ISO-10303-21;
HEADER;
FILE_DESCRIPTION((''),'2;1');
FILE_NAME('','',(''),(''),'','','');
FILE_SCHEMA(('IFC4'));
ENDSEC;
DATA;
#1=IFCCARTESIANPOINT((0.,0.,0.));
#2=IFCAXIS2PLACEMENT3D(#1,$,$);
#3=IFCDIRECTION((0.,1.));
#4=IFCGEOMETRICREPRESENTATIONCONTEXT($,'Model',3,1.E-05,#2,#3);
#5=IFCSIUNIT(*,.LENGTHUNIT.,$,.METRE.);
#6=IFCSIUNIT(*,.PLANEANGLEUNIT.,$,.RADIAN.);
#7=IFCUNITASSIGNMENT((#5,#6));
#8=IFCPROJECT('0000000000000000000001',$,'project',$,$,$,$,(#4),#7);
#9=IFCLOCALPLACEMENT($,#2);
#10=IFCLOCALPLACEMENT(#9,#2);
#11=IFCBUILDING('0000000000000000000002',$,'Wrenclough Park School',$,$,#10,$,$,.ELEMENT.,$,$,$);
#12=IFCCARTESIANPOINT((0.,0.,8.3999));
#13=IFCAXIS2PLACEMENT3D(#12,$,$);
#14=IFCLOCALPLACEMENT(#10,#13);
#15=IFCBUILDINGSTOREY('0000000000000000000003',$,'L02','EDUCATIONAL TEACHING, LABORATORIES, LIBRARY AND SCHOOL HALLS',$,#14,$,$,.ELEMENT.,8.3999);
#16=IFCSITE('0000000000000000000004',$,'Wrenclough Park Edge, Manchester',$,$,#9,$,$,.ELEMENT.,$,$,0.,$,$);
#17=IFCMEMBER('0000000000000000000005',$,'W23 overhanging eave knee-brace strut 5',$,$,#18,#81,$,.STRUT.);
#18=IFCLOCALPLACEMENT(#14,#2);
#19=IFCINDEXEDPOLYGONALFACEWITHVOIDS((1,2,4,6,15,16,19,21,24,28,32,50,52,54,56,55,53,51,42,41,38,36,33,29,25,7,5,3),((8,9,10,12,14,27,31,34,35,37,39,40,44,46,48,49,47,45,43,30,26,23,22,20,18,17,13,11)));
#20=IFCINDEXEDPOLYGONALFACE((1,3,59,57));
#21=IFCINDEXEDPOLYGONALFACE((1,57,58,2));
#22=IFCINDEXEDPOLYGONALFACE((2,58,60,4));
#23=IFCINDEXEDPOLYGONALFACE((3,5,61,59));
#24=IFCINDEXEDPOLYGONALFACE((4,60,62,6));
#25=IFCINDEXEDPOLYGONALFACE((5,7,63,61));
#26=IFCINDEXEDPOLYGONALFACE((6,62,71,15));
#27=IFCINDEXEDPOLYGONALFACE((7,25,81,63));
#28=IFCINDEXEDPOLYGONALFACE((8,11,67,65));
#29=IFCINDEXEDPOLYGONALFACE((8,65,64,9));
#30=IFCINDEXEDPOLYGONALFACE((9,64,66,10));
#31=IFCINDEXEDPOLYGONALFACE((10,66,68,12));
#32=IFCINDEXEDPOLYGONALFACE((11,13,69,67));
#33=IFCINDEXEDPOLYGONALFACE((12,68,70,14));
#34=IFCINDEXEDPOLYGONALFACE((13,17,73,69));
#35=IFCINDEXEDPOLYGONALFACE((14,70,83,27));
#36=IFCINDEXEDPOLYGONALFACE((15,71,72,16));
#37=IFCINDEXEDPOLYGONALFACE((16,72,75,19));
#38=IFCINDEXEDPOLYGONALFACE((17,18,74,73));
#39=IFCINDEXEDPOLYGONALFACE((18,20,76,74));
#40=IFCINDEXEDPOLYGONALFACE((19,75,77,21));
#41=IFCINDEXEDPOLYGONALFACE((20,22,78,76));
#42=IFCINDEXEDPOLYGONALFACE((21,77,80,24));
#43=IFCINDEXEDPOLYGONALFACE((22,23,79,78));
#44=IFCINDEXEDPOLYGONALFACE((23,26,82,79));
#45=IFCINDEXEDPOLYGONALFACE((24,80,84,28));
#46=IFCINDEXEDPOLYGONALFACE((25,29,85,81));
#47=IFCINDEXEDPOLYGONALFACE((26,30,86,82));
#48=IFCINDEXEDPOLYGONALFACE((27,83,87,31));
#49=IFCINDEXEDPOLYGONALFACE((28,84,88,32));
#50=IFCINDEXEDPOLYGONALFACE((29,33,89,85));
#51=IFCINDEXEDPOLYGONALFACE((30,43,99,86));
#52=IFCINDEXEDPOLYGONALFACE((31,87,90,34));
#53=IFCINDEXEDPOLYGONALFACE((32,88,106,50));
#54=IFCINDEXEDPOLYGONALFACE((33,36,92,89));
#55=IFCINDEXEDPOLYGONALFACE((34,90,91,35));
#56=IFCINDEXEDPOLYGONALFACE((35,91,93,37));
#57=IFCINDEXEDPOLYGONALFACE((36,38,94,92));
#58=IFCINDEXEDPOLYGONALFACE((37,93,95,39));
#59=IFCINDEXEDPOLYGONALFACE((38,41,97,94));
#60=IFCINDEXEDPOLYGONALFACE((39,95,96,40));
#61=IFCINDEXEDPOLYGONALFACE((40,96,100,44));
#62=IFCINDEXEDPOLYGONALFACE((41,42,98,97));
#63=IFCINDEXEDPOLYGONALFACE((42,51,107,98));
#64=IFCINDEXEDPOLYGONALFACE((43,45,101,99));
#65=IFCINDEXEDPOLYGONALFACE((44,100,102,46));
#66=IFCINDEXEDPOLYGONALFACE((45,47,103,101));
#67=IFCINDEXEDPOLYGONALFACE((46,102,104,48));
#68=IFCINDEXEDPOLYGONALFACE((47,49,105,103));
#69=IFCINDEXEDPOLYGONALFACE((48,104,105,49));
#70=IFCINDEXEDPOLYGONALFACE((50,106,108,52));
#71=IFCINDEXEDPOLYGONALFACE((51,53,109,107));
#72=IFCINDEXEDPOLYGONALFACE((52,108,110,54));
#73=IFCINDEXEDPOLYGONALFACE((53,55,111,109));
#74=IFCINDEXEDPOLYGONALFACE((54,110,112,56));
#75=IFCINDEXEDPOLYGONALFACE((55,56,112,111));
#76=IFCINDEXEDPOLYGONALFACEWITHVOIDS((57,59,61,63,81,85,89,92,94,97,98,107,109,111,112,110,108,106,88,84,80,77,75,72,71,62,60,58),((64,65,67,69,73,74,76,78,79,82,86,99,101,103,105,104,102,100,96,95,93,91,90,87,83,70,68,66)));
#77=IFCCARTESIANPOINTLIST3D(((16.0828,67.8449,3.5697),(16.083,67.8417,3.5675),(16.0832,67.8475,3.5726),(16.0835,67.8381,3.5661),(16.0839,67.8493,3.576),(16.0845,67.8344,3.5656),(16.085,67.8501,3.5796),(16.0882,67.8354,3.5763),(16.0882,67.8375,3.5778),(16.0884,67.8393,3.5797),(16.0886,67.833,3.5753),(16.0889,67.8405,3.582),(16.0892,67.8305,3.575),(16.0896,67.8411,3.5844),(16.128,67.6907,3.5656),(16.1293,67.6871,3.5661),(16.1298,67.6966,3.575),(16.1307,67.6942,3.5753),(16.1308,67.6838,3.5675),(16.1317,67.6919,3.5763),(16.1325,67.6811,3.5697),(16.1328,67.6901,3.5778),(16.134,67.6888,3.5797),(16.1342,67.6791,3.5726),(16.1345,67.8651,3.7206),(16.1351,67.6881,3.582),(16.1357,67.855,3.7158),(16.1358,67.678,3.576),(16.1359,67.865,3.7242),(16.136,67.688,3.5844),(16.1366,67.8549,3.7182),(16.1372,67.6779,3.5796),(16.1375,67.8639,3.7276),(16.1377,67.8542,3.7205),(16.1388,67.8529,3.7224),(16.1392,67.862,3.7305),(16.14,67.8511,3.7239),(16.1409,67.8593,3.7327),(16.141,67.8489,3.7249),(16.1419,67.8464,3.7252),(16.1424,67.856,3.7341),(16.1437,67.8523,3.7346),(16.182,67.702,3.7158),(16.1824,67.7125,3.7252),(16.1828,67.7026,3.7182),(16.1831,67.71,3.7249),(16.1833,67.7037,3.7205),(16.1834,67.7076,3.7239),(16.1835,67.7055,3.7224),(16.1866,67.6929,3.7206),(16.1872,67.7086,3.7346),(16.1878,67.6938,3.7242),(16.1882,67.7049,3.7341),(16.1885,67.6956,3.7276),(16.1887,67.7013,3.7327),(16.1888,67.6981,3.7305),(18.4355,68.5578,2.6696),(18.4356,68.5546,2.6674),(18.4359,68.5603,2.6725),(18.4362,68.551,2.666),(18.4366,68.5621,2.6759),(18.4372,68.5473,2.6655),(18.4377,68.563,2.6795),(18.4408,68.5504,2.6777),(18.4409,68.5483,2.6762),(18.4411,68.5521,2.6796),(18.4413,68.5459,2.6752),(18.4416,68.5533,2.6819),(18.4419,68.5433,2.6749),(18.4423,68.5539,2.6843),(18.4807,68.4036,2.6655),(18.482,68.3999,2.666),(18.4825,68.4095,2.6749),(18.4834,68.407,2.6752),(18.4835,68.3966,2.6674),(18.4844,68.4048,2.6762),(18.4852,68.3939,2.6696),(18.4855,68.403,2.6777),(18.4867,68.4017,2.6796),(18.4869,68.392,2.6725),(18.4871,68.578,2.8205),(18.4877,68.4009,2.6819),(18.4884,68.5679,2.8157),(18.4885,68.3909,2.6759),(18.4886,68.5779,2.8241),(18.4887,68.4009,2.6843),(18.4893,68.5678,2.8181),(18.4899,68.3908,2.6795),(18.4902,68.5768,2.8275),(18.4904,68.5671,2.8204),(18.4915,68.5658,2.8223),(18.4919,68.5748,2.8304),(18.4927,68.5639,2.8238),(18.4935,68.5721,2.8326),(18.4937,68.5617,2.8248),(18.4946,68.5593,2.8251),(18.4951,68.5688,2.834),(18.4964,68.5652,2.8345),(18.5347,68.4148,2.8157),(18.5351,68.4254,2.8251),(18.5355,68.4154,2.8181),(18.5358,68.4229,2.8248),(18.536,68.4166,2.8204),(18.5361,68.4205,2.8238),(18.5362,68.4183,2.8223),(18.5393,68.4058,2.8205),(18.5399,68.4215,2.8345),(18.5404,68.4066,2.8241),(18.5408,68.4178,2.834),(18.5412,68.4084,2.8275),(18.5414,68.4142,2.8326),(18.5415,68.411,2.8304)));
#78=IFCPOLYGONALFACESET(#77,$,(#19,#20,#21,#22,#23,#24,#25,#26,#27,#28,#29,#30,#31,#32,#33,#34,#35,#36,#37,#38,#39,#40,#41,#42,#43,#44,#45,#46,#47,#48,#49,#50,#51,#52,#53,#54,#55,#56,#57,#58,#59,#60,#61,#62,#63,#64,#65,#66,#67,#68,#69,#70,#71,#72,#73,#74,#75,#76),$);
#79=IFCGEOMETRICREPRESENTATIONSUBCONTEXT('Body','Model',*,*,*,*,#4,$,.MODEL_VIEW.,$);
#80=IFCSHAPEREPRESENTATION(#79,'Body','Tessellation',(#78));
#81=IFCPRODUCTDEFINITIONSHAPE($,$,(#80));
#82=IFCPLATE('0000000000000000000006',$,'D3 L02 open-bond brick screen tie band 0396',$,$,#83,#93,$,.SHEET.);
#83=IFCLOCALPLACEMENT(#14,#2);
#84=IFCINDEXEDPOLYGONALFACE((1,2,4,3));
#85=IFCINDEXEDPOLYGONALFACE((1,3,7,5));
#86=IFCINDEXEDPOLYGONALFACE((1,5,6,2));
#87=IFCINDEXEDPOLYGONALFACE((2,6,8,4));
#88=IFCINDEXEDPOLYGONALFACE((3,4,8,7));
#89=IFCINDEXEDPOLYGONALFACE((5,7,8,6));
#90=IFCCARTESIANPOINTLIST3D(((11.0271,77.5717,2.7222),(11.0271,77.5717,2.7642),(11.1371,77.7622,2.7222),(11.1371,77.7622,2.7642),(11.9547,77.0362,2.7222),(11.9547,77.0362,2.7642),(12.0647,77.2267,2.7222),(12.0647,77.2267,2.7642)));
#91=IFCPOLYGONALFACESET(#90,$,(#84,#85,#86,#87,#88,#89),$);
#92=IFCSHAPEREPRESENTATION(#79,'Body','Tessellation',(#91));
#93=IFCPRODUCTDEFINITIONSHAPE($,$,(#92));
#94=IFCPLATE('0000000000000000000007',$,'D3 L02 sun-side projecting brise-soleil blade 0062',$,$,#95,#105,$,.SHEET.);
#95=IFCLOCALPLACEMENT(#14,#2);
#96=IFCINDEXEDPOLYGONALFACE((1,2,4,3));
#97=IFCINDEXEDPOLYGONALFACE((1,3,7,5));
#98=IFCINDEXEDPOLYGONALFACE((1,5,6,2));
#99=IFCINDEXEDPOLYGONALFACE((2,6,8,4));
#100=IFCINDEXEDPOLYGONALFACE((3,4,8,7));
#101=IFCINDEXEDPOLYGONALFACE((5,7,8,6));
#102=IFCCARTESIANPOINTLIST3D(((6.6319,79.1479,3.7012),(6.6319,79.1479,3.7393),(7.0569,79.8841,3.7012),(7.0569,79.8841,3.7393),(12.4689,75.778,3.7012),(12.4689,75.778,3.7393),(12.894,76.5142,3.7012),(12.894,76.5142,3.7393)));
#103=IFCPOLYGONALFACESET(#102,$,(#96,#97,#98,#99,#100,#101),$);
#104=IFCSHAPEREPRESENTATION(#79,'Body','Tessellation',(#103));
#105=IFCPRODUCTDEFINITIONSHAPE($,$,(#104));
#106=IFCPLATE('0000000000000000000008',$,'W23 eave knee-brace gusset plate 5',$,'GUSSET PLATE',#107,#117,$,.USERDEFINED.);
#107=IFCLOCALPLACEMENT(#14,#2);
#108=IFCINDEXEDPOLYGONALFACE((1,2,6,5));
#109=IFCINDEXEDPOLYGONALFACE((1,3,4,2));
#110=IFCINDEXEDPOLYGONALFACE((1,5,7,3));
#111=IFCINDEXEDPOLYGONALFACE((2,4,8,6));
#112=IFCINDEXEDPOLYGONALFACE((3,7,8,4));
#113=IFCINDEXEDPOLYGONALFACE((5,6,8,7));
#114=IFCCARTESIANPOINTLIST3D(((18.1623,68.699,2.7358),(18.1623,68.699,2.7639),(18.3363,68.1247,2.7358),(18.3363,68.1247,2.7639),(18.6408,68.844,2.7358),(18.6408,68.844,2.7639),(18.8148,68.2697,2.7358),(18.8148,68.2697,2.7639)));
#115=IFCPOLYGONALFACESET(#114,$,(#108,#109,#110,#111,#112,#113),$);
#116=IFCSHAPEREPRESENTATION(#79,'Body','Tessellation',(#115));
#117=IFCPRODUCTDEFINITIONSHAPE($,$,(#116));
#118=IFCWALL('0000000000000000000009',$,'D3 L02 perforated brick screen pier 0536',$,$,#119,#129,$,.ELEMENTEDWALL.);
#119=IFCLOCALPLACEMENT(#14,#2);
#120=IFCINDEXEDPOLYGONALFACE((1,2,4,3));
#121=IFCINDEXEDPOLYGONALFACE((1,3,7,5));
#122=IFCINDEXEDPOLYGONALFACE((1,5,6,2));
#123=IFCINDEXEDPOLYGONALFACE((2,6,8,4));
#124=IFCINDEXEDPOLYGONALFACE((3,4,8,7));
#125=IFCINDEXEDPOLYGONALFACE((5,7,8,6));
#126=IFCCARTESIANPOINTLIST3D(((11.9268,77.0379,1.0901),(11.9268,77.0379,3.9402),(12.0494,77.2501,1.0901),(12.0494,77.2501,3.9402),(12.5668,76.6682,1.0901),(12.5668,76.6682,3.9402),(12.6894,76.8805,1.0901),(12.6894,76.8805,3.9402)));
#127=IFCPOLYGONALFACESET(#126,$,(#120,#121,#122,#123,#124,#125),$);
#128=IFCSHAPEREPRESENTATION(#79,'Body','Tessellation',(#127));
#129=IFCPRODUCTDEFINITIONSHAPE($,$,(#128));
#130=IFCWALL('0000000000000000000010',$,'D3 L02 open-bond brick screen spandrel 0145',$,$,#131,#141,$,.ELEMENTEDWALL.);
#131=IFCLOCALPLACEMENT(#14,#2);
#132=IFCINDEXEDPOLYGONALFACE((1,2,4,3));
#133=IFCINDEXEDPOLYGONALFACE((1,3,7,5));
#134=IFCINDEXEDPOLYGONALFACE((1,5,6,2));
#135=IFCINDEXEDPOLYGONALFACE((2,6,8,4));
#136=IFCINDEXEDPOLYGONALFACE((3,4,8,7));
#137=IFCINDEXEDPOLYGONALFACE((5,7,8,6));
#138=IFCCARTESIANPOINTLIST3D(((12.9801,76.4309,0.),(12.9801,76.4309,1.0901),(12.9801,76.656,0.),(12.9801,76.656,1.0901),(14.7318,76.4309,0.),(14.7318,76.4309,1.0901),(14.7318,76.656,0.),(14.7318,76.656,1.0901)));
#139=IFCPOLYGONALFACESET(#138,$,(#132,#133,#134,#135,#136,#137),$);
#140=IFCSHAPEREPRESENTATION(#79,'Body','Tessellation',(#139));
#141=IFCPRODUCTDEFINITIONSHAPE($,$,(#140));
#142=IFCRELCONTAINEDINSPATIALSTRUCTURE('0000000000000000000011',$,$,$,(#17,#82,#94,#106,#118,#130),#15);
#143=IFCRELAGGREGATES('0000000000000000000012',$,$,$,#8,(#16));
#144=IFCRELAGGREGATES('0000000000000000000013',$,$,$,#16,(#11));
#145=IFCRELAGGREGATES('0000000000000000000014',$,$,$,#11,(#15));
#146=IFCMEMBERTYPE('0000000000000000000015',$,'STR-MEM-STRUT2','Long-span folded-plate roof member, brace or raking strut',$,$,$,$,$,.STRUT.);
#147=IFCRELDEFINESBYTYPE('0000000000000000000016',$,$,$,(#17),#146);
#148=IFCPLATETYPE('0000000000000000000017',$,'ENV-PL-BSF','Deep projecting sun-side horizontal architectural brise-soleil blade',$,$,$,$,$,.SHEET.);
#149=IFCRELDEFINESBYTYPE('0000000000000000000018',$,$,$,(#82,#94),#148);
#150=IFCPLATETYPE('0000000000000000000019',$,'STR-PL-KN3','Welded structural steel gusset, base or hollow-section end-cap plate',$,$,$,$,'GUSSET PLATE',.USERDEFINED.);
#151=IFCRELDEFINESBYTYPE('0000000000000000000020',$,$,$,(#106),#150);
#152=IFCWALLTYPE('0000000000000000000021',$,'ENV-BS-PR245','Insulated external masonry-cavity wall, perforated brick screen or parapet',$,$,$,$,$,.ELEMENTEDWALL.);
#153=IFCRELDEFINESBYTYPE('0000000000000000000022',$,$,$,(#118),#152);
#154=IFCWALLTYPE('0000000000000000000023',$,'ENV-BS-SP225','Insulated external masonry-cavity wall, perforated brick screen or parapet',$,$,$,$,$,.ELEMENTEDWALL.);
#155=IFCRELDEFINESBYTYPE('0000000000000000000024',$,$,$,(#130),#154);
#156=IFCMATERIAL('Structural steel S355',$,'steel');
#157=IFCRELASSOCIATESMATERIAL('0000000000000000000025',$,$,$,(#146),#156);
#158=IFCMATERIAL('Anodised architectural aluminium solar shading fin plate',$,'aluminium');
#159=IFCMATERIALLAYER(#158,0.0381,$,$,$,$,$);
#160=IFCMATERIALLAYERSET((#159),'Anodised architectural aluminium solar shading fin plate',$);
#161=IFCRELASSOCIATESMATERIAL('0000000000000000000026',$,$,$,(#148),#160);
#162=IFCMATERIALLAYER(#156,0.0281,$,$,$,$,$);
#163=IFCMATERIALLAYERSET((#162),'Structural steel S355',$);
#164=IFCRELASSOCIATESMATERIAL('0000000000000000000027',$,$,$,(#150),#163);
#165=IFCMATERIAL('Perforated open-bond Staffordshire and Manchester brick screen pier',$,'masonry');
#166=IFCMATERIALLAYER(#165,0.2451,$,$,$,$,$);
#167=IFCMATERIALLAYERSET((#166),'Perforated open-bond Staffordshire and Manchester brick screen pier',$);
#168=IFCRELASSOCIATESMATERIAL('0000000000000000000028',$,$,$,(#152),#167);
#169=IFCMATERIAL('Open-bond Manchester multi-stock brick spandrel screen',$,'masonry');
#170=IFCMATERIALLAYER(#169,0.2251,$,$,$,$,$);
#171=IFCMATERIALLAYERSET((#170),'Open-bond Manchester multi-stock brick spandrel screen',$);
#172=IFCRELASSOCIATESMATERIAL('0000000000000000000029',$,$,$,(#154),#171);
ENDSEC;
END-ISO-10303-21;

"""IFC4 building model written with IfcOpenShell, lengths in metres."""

from ifc_helpers import new_model, si_unit, direction, frame, frame_2d, origin, origin_2d, place, context, subcontext, project, spatial, rectangle, hollow_rectangle, extrude, material, layer, layer_set, material_profile, profile_set, type_object, element, save


model = new_model("IFC4")

# Units and contexts
model_context = context("Model", 3, precision=1e-05, world=origin(), true_north=direction((0.0, 1.0)))
body_context = subcontext(model_context, "Body", "Model", "MODEL_VIEW")
ifc_project = project(units=[si_unit("LENGTHUNIT", "METRE"), si_unit("PLANEANGLEUNIT", "RADIAN")], contexts=[model_context])

# Site, building, storey
site_placement = place(None, origin())
site = spatial("IfcSite", under=ifc_project, at=site_placement, Name="Wrenclough Park Edge, Manchester", CompositionType="ELEMENT", RefElevation=0.0)
building_placement = place(site_placement, origin())
building = spatial("IfcBuilding", under=site, at=building_placement, Name="Wrenclough Park School", CompositionType="ELEMENT")
storey_placement = place(building_placement, frame((0.0, 0.0, 8.3999)))
storey = spatial("IfcBuildingStorey", under=building, at=storey_placement, Name="L02", Description="EDUCATIONAL TEACHING, LABORATORIES, LIBRARY AND SCHOOL HALLS", CompositionType="ELEMENT", Elevation=8.3999)

# Shared definitions
ifc_material_1 = material(Name="Structural steel S355", Category="steel")

# Member
ifc_material_profile_1 = material_profile(ifc_material_1, hollow_rectangle(XDim=0.1799, YDim=0.1799, WallThickness=0.01, InnerFilletRadius=0.01, OuterFilletRadius=0.0149, at=origin_2d()), Name="SHS 180x180x10.0")
ifc_profile_set_1 = profile_set([ifc_material_profile_1], Name="Structural steel S355")
member_type = type_object("IfcMemberType", Name="STR-MEM-STRUT2", Description="Long-span folded-plate roof member, brace or raking strut", PredefinedType="STRUT", material=ifc_profile_set_1)
member_placement = place(storey_placement, frame((18.4885, 68.4844, 2.75), z_axis=(-0.898686, -0.272301, 0.343826), x_axis=(0.28998, -0.957033, 0.0)))
element("IfcMember", 1, at=member_placement, inside=storey, type_object=member_type, Name="W23 overhanging eave knee-brace strut 5", PredefinedType="STRUT", context=body_context, shape_type="SweptSolid", body=[
    extrude(hollow_rectangle(XDim=0.1799, YDim=0.1799, WallThickness=0.01, InnerFilletRadius=0.01, OuterFilletRadius=0.0149, at=origin_2d()), origin(), (0.0, 0.0, 1.0), 2.6179),
])

# Plates
ifc_material_2 = material(Name="Anodised architectural aluminium solar shading fin plate", Category="aluminium")
ifc_layer_1 = layer(ifc_material_2, 0.0381)
ifc_layer_set_1 = layer_set([ifc_layer_1], Name="Anodised architectural aluminium solar shading fin plate")
plate_type_1 = type_object("IfcPlateType", Name="ENV-PL-BSF", Description="Deep projecting sun-side horizontal architectural brise-soleil blade", PredefinedType="SHEET", material=ifc_layer_set_1)
plate_1_placement = place(storey_placement, frame((11.5459, 77.3992, 2.7222), z_axis=(0.0, 0.0, 1.0), x_axis=(0.866031, -0.499991, 0.0)))
element("IfcPlate", 2, at=plate_1_placement, inside=storey, type_object=plate_type_1, Name="D3 L02 open-bond brick screen tie band 0396", PredefinedType="SHEET", context=body_context, shape_type="SweptSolid", body=[
    extrude(rectangle(XDim=1.071, YDim=0.22, at=origin_2d()), origin(), (0.0, 0.0, 1.0), 0.042),
])
plate_2_placement = place(storey_placement, frame((9.7629, 77.8311, 3.7012), z_axis=(0.0, 0.0, 1.0), x_axis=(0.866031, -0.499991, 0.0)))
element("IfcPlate", 3, at=plate_2_placement, inside=storey, type_object=plate_type_1, Name="D3 L02 sun-side projecting brise-soleil blade 0062", PredefinedType="SHEET", context=body_context, shape_type="SweptSolid", body=[
    extrude(rectangle(XDim=6.74, YDim=0.8501, at=origin_2d()), origin(), (0.0, 0.0, 1.0), 0.0381),
])
ifc_layer_2 = layer(ifc_material_1, 0.0281)
ifc_layer_set_2 = layer_set([ifc_layer_2], Name="Structural steel S355")
plate_type_2 = type_object("IfcPlateType", Name="STR-PL-KN3", Description="Welded structural steel gusset, base or hollow-section end-cap plate", ElementType="GUSSET PLATE", PredefinedType="USERDEFINED", material=ifc_layer_set_2)
plate_3_placement = place(storey_placement, frame((18.4885, 68.4844, 2.7358), z_axis=(0.0, 0.0, 1.0), x_axis=(-0.290007, 0.957024, 0.0)))
element("IfcPlate", 4, at=plate_3_placement, inside=storey, type_object=plate_type_2, Name="W23 eave knee-brace gusset plate 5", ObjectType="GUSSET PLATE", PredefinedType="USERDEFINED", context=body_context, shape_type="SweptSolid", body=[
    extrude(rectangle(XDim=0.6001, YDim=0.5, at=origin_2d()), origin(), (0.0, 0.0, 1.0), 0.0281),
])

# Walls
ifc_material_3 = material(Name="Perforated open-bond Staffordshire and Manchester brick screen pier", Category="masonry")
ifc_layer_3 = layer(ifc_material_3, 0.2451)
ifc_layer_set_3 = layer_set([ifc_layer_3], Name="Perforated open-bond Staffordshire and Manchester brick screen pier")
wall_type_1 = type_object("IfcWallType", Name="ENV-BS-PR245", Description="Insulated external masonry-cavity wall, perforated brick screen or parapet", PredefinedType="ELEMENTEDWALL", material=ifc_layer_set_3)
wall_1_placement = place(storey_placement, frame((11.988, 77.144, 1.0901), z_axis=(0.0, 0.0, 1.0), x_axis=(0.865916, -0.50019, 0.0)))
element("IfcWall", 5, at=wall_1_placement, inside=storey, type_object=wall_type_1, Name="D3 L02 perforated brick screen pier 0536", PredefinedType="ELEMENTEDWALL", context=body_context, shape_type="SweptSolid", body=[
    extrude(rectangle(XDim=0.739, YDim=0.2451, at=frame_2d((0.3696, 0.0))), origin(), (0.0, 0.0, 1.0), 2.8501),
])
ifc_material_4 = material(Name="Open-bond Manchester multi-stock brick spandrel screen", Category="masonry")
ifc_layer_4 = layer(ifc_material_4, 0.2251)
ifc_layer_set_4 = layer_set([ifc_layer_4], Name="Open-bond Manchester multi-stock brick spandrel screen")
wall_type_2 = type_object("IfcWallType", Name="ENV-BS-SP225", Description="Insulated external masonry-cavity wall, perforated brick screen or parapet", PredefinedType="ELEMENTEDWALL", material=ifc_layer_set_4)
wall_2_placement = place(storey_placement, frame((12.98, 76.5435, 0.0), z_axis=(0.0, 0.0, 1.0), x_axis=(1.0, 0.0, 0.0)))
element("IfcWall", 6, at=wall_2_placement, inside=storey, type_object=wall_type_2, Name="D3 L02 open-bond brick screen spandrel 0145", PredefinedType="ELEMENTEDWALL", context=body_context, shape_type="SweptSolid", body=[
    extrude(rectangle(XDim=1.7517, YDim=0.2251, at=frame_2d((0.876, 0.0))), origin(), (0.0, 0.0, 1.0), 1.0901),
])

save(model, "model.ifc")
